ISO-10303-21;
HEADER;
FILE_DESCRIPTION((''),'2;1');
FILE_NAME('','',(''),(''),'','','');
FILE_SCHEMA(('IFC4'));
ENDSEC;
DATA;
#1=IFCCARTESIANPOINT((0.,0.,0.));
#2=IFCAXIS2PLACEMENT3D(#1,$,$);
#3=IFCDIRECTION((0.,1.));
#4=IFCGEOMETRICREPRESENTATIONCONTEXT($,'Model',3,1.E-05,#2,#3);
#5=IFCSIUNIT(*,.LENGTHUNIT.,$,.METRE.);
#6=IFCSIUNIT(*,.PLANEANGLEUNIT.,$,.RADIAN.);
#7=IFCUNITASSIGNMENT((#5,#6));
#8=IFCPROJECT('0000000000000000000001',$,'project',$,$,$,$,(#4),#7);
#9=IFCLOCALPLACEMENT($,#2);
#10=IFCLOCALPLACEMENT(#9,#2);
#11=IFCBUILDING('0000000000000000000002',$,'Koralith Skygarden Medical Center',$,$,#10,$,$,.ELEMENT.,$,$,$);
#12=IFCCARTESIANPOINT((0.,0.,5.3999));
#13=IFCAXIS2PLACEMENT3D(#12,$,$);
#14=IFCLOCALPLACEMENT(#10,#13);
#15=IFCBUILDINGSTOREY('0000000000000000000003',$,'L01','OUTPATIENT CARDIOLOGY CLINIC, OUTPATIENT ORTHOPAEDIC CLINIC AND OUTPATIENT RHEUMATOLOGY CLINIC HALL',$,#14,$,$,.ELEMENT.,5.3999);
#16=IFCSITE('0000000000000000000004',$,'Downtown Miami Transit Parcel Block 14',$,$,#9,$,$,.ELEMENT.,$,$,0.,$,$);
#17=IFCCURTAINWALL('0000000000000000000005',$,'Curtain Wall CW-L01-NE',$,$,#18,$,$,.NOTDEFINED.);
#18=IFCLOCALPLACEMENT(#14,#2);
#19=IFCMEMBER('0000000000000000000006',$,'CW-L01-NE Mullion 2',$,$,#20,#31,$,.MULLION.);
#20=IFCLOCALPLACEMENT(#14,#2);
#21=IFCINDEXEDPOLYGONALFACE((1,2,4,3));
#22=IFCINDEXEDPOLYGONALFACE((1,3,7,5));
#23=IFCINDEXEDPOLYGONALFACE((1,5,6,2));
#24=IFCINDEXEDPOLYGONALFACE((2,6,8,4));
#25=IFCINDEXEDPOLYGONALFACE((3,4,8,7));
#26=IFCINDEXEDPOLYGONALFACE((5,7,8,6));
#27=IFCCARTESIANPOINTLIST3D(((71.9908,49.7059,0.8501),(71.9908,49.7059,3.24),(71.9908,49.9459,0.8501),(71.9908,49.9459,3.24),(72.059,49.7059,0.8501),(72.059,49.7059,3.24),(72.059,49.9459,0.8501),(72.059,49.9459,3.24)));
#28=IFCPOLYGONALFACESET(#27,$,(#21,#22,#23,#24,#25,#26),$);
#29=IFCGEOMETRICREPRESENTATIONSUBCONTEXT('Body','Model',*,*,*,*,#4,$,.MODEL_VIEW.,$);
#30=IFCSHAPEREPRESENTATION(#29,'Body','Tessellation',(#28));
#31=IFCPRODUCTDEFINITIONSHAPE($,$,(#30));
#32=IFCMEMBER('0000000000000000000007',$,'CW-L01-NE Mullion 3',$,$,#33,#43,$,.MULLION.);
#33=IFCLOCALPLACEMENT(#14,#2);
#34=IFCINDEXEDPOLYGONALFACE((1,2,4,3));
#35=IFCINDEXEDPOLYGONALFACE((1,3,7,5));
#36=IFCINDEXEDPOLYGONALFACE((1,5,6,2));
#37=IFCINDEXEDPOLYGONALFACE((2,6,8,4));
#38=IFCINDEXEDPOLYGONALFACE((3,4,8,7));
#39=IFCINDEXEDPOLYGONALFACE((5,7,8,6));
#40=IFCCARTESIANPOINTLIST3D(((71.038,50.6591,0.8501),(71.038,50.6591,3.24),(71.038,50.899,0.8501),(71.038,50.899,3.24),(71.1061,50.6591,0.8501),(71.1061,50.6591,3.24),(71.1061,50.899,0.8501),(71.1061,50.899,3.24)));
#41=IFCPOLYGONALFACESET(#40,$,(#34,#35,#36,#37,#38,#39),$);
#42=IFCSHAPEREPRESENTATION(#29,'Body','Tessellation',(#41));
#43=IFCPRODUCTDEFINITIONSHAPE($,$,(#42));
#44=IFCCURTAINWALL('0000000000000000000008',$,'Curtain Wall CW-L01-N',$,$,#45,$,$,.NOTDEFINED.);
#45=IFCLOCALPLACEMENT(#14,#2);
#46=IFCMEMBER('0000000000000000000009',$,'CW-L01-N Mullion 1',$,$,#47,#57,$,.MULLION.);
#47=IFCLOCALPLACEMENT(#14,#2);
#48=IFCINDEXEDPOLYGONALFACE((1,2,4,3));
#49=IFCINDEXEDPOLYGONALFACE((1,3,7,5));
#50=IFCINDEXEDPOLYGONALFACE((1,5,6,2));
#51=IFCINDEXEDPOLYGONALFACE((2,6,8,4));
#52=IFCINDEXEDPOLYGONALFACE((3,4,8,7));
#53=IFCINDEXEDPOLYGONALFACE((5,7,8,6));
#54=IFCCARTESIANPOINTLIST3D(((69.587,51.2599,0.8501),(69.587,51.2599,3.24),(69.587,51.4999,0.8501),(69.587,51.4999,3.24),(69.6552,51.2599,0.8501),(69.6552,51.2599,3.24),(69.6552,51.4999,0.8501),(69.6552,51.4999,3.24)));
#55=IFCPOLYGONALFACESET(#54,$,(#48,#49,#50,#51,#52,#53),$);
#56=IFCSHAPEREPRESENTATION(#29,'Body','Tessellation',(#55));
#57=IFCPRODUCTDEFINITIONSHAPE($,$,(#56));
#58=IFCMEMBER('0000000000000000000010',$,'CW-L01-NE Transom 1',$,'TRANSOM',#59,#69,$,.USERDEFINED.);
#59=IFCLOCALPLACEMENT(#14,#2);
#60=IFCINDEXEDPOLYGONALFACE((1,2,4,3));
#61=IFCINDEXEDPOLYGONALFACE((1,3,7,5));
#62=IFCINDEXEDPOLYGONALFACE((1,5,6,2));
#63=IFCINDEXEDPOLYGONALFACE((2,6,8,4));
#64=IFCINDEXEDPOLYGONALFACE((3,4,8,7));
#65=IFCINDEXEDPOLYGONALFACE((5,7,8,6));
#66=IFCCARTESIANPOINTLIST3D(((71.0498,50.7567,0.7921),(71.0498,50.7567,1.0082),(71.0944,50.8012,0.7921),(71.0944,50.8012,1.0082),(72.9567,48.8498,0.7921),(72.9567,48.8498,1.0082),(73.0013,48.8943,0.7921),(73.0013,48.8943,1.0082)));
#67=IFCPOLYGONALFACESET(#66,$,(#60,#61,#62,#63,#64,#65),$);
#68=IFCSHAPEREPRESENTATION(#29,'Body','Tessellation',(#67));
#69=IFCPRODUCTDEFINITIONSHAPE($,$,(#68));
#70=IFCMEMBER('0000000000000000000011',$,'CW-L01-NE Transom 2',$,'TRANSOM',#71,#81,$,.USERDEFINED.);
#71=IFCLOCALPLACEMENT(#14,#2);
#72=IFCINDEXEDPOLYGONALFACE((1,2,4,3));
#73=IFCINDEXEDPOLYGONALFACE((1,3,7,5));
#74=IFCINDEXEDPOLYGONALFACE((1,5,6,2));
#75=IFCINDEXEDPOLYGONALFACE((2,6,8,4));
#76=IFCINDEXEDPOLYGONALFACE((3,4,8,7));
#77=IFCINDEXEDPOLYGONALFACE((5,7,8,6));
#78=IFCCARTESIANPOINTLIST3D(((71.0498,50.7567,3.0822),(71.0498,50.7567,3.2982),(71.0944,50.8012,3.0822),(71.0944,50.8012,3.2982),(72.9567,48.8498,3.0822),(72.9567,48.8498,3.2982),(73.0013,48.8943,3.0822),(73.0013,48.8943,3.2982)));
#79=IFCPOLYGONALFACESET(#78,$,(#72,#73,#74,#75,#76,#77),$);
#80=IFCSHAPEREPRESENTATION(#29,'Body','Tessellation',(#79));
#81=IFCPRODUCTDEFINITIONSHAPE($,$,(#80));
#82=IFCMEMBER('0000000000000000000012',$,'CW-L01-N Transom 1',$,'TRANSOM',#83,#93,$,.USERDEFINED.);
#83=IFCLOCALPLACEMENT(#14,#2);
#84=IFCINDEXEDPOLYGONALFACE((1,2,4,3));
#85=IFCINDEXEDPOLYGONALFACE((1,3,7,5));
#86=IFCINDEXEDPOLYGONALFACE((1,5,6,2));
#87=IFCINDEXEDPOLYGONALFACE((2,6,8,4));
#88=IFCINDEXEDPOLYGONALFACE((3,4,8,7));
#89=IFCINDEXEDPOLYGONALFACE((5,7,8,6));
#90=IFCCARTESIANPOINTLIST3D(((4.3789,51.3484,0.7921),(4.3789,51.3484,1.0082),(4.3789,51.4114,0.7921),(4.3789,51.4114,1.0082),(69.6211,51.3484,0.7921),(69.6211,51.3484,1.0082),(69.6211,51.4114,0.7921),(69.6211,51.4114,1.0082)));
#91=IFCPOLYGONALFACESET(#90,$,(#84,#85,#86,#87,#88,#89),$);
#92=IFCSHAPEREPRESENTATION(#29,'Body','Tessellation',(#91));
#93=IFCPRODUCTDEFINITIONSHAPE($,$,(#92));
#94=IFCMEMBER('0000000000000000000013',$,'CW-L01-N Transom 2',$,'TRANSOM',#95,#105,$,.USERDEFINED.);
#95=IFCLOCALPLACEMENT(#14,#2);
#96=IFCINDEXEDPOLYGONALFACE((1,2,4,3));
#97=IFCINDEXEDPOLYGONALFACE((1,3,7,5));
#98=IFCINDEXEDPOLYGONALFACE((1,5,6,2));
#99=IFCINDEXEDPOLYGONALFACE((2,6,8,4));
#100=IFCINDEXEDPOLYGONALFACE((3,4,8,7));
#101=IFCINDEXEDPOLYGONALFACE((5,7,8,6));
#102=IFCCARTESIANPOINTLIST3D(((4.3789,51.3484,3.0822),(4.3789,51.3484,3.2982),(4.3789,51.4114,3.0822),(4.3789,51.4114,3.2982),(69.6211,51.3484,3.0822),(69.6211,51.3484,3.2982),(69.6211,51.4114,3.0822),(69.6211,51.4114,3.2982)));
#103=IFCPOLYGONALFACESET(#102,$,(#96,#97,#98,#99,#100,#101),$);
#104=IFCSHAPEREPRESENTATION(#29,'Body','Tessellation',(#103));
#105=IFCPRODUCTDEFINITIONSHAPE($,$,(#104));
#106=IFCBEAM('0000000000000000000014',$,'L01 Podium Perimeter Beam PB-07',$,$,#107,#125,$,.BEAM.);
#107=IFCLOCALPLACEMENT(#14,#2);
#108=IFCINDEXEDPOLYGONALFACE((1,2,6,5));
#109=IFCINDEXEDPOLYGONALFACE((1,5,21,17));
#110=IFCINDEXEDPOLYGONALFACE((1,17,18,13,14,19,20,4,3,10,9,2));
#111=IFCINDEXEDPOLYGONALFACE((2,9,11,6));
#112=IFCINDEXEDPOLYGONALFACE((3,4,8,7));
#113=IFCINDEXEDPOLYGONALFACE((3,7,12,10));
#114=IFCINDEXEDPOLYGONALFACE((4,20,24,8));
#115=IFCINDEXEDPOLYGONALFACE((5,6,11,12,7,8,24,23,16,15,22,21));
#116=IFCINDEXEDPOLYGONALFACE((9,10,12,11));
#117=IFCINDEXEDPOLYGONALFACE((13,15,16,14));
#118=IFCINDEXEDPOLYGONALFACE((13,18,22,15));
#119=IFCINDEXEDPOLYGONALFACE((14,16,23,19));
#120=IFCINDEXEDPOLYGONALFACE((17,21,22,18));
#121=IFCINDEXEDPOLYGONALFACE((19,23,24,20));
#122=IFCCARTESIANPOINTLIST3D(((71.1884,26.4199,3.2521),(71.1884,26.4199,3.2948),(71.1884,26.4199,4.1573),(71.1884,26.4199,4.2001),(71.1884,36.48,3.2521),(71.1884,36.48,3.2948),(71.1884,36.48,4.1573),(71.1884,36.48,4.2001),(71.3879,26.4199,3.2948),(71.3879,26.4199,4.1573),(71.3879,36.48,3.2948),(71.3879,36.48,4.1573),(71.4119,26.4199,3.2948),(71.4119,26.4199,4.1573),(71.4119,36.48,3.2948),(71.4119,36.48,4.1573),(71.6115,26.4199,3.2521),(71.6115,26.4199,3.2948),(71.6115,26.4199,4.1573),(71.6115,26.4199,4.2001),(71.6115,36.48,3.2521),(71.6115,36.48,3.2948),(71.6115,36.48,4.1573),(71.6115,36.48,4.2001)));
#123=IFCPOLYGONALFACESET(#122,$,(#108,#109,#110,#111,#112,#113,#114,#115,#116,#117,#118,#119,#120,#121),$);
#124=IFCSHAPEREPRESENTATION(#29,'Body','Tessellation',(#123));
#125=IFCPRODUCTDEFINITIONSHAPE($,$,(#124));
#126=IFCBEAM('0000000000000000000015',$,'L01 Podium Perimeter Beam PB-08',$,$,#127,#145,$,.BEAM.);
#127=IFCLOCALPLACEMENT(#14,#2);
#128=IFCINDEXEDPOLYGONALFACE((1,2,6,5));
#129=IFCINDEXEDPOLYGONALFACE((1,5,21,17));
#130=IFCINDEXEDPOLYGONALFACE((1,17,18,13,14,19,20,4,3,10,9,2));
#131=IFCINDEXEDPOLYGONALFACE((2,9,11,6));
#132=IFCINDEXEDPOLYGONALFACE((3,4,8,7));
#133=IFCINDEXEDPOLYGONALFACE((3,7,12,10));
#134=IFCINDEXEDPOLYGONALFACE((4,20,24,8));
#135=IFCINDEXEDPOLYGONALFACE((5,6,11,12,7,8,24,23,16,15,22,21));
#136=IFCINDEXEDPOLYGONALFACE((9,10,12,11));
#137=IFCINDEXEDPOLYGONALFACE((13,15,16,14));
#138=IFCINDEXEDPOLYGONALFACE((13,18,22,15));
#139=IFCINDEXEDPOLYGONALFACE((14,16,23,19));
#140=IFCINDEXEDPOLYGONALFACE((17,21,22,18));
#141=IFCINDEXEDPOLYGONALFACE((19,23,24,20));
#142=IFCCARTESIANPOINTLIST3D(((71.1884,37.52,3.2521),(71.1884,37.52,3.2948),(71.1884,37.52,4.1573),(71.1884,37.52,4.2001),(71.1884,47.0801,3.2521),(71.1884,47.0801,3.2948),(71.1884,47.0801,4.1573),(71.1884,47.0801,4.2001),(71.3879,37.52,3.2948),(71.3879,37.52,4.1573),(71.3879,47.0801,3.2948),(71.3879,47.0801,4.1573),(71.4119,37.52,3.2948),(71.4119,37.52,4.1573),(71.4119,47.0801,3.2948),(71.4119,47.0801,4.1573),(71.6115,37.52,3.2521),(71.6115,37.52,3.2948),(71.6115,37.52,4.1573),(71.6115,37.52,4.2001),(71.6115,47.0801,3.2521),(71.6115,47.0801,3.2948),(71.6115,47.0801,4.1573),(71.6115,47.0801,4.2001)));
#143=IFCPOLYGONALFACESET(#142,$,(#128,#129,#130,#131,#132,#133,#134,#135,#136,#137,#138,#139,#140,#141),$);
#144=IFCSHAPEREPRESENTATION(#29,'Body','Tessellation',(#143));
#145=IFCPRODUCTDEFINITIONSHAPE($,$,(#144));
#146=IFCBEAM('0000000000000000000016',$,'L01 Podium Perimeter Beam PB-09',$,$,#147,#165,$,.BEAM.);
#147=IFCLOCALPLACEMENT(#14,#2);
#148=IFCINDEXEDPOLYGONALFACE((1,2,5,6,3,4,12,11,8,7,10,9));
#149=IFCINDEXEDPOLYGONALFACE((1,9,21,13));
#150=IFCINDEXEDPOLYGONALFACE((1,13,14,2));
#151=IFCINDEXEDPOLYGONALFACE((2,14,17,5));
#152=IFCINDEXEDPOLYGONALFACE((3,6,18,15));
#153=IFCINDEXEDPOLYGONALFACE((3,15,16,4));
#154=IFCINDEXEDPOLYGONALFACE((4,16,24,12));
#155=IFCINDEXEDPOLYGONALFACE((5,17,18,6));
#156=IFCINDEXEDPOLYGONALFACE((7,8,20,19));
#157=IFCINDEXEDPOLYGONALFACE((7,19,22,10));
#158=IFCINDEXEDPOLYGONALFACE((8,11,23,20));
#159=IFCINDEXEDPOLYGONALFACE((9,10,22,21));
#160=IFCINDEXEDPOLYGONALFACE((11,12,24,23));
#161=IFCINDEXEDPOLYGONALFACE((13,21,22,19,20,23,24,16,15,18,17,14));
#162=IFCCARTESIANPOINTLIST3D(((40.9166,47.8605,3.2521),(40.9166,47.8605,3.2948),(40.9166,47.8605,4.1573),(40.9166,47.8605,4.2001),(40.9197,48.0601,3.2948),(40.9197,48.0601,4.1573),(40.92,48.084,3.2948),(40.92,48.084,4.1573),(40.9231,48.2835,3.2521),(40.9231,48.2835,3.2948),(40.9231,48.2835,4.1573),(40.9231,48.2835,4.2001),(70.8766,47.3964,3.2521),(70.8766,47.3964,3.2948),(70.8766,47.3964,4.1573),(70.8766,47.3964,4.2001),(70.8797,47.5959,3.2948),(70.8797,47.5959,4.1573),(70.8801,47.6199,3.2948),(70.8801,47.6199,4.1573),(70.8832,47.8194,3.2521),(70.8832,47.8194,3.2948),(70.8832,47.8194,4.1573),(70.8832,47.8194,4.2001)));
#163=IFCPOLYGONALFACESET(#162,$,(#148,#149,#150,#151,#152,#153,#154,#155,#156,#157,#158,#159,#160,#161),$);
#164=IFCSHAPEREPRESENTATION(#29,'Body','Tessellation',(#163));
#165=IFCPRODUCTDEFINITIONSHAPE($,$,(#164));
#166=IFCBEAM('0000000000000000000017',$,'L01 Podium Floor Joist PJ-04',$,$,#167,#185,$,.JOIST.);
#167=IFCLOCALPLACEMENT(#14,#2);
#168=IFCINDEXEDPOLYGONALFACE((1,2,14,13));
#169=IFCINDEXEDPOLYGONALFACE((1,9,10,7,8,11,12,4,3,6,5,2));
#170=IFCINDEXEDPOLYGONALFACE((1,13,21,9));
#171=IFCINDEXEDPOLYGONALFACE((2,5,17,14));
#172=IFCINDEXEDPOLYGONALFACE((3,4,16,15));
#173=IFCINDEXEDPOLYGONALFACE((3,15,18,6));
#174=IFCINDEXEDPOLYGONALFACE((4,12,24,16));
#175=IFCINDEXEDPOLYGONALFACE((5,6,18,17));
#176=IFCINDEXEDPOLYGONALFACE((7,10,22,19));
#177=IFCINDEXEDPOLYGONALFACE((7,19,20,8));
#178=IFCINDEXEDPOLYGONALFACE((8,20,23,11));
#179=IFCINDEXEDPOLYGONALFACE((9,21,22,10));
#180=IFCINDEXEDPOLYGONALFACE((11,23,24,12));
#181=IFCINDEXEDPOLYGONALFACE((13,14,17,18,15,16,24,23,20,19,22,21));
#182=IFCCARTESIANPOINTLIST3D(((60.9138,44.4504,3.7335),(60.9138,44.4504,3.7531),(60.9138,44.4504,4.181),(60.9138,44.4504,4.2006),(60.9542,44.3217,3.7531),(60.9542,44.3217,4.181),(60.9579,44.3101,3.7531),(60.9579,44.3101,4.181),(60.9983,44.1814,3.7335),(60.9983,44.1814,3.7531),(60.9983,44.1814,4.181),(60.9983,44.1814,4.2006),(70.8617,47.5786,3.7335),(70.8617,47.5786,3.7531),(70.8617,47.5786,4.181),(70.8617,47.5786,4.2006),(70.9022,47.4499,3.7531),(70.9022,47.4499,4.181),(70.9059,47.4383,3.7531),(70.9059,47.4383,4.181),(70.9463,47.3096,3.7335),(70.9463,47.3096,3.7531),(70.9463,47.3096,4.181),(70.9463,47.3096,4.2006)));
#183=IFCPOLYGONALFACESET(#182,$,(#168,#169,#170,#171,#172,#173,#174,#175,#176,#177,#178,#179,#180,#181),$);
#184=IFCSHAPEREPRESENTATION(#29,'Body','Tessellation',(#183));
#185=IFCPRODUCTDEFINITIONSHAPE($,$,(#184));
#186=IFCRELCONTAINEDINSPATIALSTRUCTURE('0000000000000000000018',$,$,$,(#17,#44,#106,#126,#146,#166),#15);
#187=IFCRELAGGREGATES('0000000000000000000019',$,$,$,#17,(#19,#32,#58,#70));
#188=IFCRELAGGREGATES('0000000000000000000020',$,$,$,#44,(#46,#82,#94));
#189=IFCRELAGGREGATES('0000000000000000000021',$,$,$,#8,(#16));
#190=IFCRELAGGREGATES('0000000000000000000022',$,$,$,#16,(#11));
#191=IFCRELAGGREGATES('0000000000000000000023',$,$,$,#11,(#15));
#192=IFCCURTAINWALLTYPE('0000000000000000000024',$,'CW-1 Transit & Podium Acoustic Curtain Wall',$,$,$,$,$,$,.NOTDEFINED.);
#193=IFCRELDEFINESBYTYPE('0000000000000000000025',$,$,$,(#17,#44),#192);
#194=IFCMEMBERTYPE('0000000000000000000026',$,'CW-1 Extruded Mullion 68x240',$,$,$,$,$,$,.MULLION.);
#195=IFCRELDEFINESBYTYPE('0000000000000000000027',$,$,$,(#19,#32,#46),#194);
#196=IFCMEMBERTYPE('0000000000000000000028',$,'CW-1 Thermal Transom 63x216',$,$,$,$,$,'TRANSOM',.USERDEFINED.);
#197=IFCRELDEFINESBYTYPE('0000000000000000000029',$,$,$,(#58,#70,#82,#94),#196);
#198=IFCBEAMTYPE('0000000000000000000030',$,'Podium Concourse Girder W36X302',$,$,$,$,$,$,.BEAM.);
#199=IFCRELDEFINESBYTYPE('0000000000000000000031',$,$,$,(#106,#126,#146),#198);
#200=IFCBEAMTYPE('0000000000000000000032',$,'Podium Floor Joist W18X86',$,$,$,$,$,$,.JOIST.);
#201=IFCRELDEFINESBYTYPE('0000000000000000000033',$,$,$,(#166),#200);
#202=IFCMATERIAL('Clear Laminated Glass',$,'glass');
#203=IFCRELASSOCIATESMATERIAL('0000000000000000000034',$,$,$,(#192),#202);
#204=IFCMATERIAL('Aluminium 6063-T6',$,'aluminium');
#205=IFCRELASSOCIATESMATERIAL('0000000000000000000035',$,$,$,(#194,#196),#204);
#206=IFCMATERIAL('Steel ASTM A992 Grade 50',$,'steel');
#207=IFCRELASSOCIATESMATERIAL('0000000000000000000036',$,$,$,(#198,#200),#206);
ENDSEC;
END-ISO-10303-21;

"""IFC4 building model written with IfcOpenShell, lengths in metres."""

from ifc_helpers import new_model, si_unit, direction, frame, origin, origin_2d, place, context, subcontext, project, spatial, rectangle, i_section, extrude, material, material_profile, profile_set, type_object, element, aggregate, save


model = new_model("IFC4")

# Units and contexts
model_context = context("Model", 3, precision=1e-05, world=origin(), true_north=direction((0.0, 1.0)))
body_context = subcontext(model_context, "Body", "Model", "MODEL_VIEW")
ifc_project = project(units=[si_unit("LENGTHUNIT", "METRE"), si_unit("PLANEANGLEUNIT", "RADIAN")], contexts=[model_context])

# Site, building, storey
site_placement = place(None, origin())
site = spatial("IfcSite", under=ifc_project, at=site_placement, Name="Downtown Miami Transit Parcel Block 14", CompositionType="ELEMENT", RefElevation=0.0)
building_placement = place(site_placement, origin())
building = spatial("IfcBuilding", under=site, at=building_placement, Name="Koralith Skygarden Medical Center", CompositionType="ELEMENT")
storey_placement = place(building_placement, frame((0.0, 0.0, 5.3999)))
storey = spatial("IfcBuildingStorey", under=building, at=storey_placement, Name="L01", Description="OUTPATIENT CARDIOLOGY CLINIC, OUTPATIENT ORTHOPAEDIC CLINIC AND OUTPATIENT RHEUMATOLOGY CLINIC HALL", CompositionType="ELEMENT", Elevation=5.3999)

# Curtain wall, members
ifc_material_1 = material(Name="Clear Laminated Glass", Category="glass")
curtain_wall_type = type_object("IfcCurtainWallType", Name="CW-1 Transit & Podium Acoustic Curtain Wall", PredefinedType="NOTDEFINED", material=ifc_material_1)
ifc_material_2 = material(Name="Aluminium 6063-T6", Category="aluminium")
ifc_material_profile_1 = material_profile(ifc_material_2, rectangle(XDim=0.0681, YDim=0.24, at=origin_2d()), Name="MUL68X240")
ifc_profile_set_1 = profile_set([ifc_material_profile_1], Name="Aluminium 6063-T6")
member_type_1 = type_object("IfcMemberType", Name="CW-1 Extruded Mullion 68x240", PredefinedType="MULLION", material=ifc_profile_set_1)
curtain_wall_1_placement = place(storey_placement, origin())
curtain_wall_1 = element("IfcCurtainWall", 1, at=curtain_wall_1_placement, inside=storey, type_object=curtain_wall_type, Name="Curtain Wall CW-L01-NE", PredefinedType="NOTDEFINED")
member_1_placement = place(storey_placement, frame((72.0249, 49.8259, 0.8501), z_axis=(0.0, 0.0, 1.0), x_axis=(1.0, 0.0, 0.0)))
member_1 = element("IfcMember", 2, at=member_1_placement, type_object=member_type_1, Name="CW-L01-NE Mullion 2", PredefinedType="MULLION", context=body_context, shape_type="SweptSolid", body=[
    extrude(rectangle(XDim=0.0681, YDim=0.24, at=origin_2d()), origin(), (0.0, 0.0, 1.0), 2.3899),
])
member_2_placement = place(storey_placement, frame((71.072, 50.7791, 0.8501), z_axis=(0.0, 0.0, 1.0), x_axis=(1.0, 0.0, 0.0)))
member_2 = element("IfcMember", 3, at=member_2_placement, type_object=member_type_1, Name="CW-L01-NE Mullion 3", PredefinedType="MULLION", context=body_context, shape_type="SweptSolid", body=[
    extrude(rectangle(XDim=0.0681, YDim=0.24, at=origin_2d()), origin(), (0.0, 0.0, 1.0), 2.3899),
])

# Curtain wall, member
curtain_wall_2_placement = place(storey_placement, origin())
curtain_wall_2 = element("IfcCurtainWall", 4, at=curtain_wall_2_placement, inside=storey, type_object=curtain_wall_type, Name="Curtain Wall CW-L01-N", PredefinedType="NOTDEFINED")
member_3_placement = place(storey_placement, frame((69.6211, 51.3799, 0.8501), z_axis=(0.0, 0.0, 1.0), x_axis=(1.0, 0.0, 0.0)))
member_3 = element("IfcMember", 5, at=member_3_placement, type_object=member_type_1, Name="CW-L01-N Mullion 1", PredefinedType="MULLION", context=body_context, shape_type="SweptSolid", body=[
    extrude(rectangle(XDim=0.0681, YDim=0.24, at=origin_2d()), origin(), (0.0, 0.0, 1.0), 2.3899),
])

# Members
ifc_material_profile_2 = material_profile(ifc_material_2, rectangle(XDim=0.063, YDim=0.2161, at=origin_2d()), Name="TRN63X216")
ifc_profile_set_2 = profile_set([ifc_material_profile_2], Name="Aluminium 6063-T6")
member_type_2 = type_object("IfcMemberType", Name="CW-1 Thermal Transom 63x216", ElementType="TRANSOM", PredefinedType="USERDEFINED", material=ifc_profile_set_2)
member_4_placement = place(storey_placement, frame((72.979, 48.8721, 0.9001), z_axis=(-0.707107, 0.707107, 0.0), x_axis=(-0.707107, -0.707107, 0.0)))
member_4 = element("IfcMember", 6, at=member_4_placement, type_object=member_type_2, Name="CW-L01-NE Transom 1", ObjectType="TRANSOM", PredefinedType="USERDEFINED", context=body_context, shape_type="SweptSolid", body=[
    extrude(rectangle(XDim=0.063, YDim=0.2161, at=origin_2d()), origin(), (0.0, 0.0, 1.0), 2.6968),
])
member_5_placement = place(storey_placement, frame((72.979, 48.8721, 3.1902), z_axis=(-0.707107, 0.707107, 0.0), x_axis=(-0.707107, -0.707107, 0.0)))
member_5 = element("IfcMember", 7, at=member_5_placement, type_object=member_type_2, Name="CW-L01-NE Transom 2", ObjectType="TRANSOM", PredefinedType="USERDEFINED", context=body_context, shape_type="SweptSolid", body=[
    extrude(rectangle(XDim=0.063, YDim=0.2161, at=origin_2d()), origin(), (0.0, 0.0, 1.0), 2.6968),
])
member_6_placement = place(storey_placement, frame((69.6211, 51.3799, 0.9001), z_axis=(-1.0, 0.0, 0.0), x_axis=(0.0, -1.0, 0.0)))
member_6 = element("IfcMember", 8, at=member_6_placement, type_object=member_type_2, Name="CW-L01-N Transom 1", ObjectType="TRANSOM", PredefinedType="USERDEFINED", context=body_context, shape_type="SweptSolid", body=[
    extrude(rectangle(XDim=0.063, YDim=0.2161, at=origin_2d()), origin(), (0.0, 0.0, 1.0), 65.2422),
])
member_7_placement = place(storey_placement, frame((69.6211, 51.3799, 3.1902), z_axis=(-1.0, 0.0, 0.0), x_axis=(0.0, -1.0, 0.0)))
member_7 = element("IfcMember", 9, at=member_7_placement, type_object=member_type_2, Name="CW-L01-N Transom 2", ObjectType="TRANSOM", PredefinedType="USERDEFINED", context=body_context, shape_type="SweptSolid", body=[
    extrude(rectangle(XDim=0.063, YDim=0.2161, at=origin_2d()), origin(), (0.0, 0.0, 1.0), 65.2422),
])

# Beams
ifc_material_3 = material(Name="Steel ASTM A992 Grade 50", Category="steel")
ifc_material_profile_3 = material_profile(ifc_material_3, i_section(OverallWidth=0.4231, OverallDepth=0.948, WebThickness=0.0239, FlangeThickness=0.0427, at=origin_2d()), Name="W36X302")
ifc_profile_set_3 = profile_set([ifc_material_profile_3], Name="Steel ASTM A992 Grade 50")
beam_type_1 = type_object("IfcBeamType", Name="Podium Concourse Girder W36X302", PredefinedType="BEAM", material=ifc_profile_set_3)
beam_1_placement = place(storey_placement, frame((71.3999, 26.4199, 3.7261), z_axis=(0.0, 1.0, 0.0), x_axis=(-1.0, 0.0, 0.0)))
element("IfcBeam", 10, at=beam_1_placement, inside=storey, type_object=beam_type_1, Name="L01 Podium Perimeter Beam PB-07", PredefinedType="BEAM", context=body_context, shape_type="SweptSolid", body=[
    extrude(i_section(OverallWidth=0.4231, OverallDepth=0.948, WebThickness=0.0239, FlangeThickness=0.0427, at=origin_2d()), origin(), (0.0, 0.0, 1.0), 10.0601),
])
beam_2_placement = place(storey_placement, frame((71.3999, 37.52, 3.7261), z_axis=(0.0, 1.0, 0.0), x_axis=(-1.0, 0.0, 0.0)))
element("IfcBeam", 11, at=beam_2_placement, inside=storey, type_object=beam_type_1, Name="L01 Podium Perimeter Beam PB-08", PredefinedType="BEAM", context=body_context, shape_type="SweptSolid", body=[
    extrude(i_section(OverallWidth=0.4231, OverallDepth=0.948, WebThickness=0.0239, FlangeThickness=0.0427, at=origin_2d()), origin(), (0.0, 0.0, 1.0), 9.5601),
])
beam_3_placement = place(storey_placement, frame((70.8799, 47.6079, 3.7261), z_axis=(-0.99988, 0.015489, 0.0), x_axis=(-0.015489, -0.99988, 0.0)))
element("IfcBeam", 12, at=beam_3_placement, inside=storey, type_object=beam_type_1, Name="L01 Podium Perimeter Beam PB-09", PredefinedType="BEAM", context=body_context, shape_type="SweptSolid", body=[
    extrude(i_section(OverallWidth=0.4231, OverallDepth=0.948, WebThickness=0.0239, FlangeThickness=0.0427, at=origin_2d()), origin(), (0.0, 0.0, 1.0), 29.9636),
])
ifc_material_profile_4 = material_profile(ifc_material_3, i_section(OverallWidth=0.282, OverallDepth=0.467, WebThickness=0.0122, FlangeThickness=0.0195, at=origin_2d()), Name="W18X86")
ifc_profile_set_4 = profile_set([ifc_material_profile_4], Name="Steel ASTM A992 Grade 50")
beam_type_2 = type_object("IfcBeamType", Name="Podium Floor Joist W18X86", PredefinedType="JOIST", material=ifc_profile_set_4)
beam_4_placement = place(storey_placement, frame((60.9561, 44.3159, 3.967), z_axis=(0.953948, 0.299971, 0.0), x_axis=(-0.299971, 0.953948, 0.0)))
element("IfcBeam", 13, at=beam_4_placement, inside=storey, type_object=beam_type_2, Name="L01 Podium Floor Joist PJ-04", PredefinedType="JOIST", context=body_context, shape_type="SweptSolid", body=[
    extrude(i_section(OverallWidth=0.282, OverallDepth=0.467, WebThickness=0.0122, FlangeThickness=0.0195, at=origin_2d()), origin(), (0.0, 0.0, 1.0), 10.4282),
])

aggregate(curtain_wall_1, [member_1, member_2, member_4, member_5])
aggregate(curtain_wall_2, [member_3, member_6, member_7])

save(model, "model.ifc")
